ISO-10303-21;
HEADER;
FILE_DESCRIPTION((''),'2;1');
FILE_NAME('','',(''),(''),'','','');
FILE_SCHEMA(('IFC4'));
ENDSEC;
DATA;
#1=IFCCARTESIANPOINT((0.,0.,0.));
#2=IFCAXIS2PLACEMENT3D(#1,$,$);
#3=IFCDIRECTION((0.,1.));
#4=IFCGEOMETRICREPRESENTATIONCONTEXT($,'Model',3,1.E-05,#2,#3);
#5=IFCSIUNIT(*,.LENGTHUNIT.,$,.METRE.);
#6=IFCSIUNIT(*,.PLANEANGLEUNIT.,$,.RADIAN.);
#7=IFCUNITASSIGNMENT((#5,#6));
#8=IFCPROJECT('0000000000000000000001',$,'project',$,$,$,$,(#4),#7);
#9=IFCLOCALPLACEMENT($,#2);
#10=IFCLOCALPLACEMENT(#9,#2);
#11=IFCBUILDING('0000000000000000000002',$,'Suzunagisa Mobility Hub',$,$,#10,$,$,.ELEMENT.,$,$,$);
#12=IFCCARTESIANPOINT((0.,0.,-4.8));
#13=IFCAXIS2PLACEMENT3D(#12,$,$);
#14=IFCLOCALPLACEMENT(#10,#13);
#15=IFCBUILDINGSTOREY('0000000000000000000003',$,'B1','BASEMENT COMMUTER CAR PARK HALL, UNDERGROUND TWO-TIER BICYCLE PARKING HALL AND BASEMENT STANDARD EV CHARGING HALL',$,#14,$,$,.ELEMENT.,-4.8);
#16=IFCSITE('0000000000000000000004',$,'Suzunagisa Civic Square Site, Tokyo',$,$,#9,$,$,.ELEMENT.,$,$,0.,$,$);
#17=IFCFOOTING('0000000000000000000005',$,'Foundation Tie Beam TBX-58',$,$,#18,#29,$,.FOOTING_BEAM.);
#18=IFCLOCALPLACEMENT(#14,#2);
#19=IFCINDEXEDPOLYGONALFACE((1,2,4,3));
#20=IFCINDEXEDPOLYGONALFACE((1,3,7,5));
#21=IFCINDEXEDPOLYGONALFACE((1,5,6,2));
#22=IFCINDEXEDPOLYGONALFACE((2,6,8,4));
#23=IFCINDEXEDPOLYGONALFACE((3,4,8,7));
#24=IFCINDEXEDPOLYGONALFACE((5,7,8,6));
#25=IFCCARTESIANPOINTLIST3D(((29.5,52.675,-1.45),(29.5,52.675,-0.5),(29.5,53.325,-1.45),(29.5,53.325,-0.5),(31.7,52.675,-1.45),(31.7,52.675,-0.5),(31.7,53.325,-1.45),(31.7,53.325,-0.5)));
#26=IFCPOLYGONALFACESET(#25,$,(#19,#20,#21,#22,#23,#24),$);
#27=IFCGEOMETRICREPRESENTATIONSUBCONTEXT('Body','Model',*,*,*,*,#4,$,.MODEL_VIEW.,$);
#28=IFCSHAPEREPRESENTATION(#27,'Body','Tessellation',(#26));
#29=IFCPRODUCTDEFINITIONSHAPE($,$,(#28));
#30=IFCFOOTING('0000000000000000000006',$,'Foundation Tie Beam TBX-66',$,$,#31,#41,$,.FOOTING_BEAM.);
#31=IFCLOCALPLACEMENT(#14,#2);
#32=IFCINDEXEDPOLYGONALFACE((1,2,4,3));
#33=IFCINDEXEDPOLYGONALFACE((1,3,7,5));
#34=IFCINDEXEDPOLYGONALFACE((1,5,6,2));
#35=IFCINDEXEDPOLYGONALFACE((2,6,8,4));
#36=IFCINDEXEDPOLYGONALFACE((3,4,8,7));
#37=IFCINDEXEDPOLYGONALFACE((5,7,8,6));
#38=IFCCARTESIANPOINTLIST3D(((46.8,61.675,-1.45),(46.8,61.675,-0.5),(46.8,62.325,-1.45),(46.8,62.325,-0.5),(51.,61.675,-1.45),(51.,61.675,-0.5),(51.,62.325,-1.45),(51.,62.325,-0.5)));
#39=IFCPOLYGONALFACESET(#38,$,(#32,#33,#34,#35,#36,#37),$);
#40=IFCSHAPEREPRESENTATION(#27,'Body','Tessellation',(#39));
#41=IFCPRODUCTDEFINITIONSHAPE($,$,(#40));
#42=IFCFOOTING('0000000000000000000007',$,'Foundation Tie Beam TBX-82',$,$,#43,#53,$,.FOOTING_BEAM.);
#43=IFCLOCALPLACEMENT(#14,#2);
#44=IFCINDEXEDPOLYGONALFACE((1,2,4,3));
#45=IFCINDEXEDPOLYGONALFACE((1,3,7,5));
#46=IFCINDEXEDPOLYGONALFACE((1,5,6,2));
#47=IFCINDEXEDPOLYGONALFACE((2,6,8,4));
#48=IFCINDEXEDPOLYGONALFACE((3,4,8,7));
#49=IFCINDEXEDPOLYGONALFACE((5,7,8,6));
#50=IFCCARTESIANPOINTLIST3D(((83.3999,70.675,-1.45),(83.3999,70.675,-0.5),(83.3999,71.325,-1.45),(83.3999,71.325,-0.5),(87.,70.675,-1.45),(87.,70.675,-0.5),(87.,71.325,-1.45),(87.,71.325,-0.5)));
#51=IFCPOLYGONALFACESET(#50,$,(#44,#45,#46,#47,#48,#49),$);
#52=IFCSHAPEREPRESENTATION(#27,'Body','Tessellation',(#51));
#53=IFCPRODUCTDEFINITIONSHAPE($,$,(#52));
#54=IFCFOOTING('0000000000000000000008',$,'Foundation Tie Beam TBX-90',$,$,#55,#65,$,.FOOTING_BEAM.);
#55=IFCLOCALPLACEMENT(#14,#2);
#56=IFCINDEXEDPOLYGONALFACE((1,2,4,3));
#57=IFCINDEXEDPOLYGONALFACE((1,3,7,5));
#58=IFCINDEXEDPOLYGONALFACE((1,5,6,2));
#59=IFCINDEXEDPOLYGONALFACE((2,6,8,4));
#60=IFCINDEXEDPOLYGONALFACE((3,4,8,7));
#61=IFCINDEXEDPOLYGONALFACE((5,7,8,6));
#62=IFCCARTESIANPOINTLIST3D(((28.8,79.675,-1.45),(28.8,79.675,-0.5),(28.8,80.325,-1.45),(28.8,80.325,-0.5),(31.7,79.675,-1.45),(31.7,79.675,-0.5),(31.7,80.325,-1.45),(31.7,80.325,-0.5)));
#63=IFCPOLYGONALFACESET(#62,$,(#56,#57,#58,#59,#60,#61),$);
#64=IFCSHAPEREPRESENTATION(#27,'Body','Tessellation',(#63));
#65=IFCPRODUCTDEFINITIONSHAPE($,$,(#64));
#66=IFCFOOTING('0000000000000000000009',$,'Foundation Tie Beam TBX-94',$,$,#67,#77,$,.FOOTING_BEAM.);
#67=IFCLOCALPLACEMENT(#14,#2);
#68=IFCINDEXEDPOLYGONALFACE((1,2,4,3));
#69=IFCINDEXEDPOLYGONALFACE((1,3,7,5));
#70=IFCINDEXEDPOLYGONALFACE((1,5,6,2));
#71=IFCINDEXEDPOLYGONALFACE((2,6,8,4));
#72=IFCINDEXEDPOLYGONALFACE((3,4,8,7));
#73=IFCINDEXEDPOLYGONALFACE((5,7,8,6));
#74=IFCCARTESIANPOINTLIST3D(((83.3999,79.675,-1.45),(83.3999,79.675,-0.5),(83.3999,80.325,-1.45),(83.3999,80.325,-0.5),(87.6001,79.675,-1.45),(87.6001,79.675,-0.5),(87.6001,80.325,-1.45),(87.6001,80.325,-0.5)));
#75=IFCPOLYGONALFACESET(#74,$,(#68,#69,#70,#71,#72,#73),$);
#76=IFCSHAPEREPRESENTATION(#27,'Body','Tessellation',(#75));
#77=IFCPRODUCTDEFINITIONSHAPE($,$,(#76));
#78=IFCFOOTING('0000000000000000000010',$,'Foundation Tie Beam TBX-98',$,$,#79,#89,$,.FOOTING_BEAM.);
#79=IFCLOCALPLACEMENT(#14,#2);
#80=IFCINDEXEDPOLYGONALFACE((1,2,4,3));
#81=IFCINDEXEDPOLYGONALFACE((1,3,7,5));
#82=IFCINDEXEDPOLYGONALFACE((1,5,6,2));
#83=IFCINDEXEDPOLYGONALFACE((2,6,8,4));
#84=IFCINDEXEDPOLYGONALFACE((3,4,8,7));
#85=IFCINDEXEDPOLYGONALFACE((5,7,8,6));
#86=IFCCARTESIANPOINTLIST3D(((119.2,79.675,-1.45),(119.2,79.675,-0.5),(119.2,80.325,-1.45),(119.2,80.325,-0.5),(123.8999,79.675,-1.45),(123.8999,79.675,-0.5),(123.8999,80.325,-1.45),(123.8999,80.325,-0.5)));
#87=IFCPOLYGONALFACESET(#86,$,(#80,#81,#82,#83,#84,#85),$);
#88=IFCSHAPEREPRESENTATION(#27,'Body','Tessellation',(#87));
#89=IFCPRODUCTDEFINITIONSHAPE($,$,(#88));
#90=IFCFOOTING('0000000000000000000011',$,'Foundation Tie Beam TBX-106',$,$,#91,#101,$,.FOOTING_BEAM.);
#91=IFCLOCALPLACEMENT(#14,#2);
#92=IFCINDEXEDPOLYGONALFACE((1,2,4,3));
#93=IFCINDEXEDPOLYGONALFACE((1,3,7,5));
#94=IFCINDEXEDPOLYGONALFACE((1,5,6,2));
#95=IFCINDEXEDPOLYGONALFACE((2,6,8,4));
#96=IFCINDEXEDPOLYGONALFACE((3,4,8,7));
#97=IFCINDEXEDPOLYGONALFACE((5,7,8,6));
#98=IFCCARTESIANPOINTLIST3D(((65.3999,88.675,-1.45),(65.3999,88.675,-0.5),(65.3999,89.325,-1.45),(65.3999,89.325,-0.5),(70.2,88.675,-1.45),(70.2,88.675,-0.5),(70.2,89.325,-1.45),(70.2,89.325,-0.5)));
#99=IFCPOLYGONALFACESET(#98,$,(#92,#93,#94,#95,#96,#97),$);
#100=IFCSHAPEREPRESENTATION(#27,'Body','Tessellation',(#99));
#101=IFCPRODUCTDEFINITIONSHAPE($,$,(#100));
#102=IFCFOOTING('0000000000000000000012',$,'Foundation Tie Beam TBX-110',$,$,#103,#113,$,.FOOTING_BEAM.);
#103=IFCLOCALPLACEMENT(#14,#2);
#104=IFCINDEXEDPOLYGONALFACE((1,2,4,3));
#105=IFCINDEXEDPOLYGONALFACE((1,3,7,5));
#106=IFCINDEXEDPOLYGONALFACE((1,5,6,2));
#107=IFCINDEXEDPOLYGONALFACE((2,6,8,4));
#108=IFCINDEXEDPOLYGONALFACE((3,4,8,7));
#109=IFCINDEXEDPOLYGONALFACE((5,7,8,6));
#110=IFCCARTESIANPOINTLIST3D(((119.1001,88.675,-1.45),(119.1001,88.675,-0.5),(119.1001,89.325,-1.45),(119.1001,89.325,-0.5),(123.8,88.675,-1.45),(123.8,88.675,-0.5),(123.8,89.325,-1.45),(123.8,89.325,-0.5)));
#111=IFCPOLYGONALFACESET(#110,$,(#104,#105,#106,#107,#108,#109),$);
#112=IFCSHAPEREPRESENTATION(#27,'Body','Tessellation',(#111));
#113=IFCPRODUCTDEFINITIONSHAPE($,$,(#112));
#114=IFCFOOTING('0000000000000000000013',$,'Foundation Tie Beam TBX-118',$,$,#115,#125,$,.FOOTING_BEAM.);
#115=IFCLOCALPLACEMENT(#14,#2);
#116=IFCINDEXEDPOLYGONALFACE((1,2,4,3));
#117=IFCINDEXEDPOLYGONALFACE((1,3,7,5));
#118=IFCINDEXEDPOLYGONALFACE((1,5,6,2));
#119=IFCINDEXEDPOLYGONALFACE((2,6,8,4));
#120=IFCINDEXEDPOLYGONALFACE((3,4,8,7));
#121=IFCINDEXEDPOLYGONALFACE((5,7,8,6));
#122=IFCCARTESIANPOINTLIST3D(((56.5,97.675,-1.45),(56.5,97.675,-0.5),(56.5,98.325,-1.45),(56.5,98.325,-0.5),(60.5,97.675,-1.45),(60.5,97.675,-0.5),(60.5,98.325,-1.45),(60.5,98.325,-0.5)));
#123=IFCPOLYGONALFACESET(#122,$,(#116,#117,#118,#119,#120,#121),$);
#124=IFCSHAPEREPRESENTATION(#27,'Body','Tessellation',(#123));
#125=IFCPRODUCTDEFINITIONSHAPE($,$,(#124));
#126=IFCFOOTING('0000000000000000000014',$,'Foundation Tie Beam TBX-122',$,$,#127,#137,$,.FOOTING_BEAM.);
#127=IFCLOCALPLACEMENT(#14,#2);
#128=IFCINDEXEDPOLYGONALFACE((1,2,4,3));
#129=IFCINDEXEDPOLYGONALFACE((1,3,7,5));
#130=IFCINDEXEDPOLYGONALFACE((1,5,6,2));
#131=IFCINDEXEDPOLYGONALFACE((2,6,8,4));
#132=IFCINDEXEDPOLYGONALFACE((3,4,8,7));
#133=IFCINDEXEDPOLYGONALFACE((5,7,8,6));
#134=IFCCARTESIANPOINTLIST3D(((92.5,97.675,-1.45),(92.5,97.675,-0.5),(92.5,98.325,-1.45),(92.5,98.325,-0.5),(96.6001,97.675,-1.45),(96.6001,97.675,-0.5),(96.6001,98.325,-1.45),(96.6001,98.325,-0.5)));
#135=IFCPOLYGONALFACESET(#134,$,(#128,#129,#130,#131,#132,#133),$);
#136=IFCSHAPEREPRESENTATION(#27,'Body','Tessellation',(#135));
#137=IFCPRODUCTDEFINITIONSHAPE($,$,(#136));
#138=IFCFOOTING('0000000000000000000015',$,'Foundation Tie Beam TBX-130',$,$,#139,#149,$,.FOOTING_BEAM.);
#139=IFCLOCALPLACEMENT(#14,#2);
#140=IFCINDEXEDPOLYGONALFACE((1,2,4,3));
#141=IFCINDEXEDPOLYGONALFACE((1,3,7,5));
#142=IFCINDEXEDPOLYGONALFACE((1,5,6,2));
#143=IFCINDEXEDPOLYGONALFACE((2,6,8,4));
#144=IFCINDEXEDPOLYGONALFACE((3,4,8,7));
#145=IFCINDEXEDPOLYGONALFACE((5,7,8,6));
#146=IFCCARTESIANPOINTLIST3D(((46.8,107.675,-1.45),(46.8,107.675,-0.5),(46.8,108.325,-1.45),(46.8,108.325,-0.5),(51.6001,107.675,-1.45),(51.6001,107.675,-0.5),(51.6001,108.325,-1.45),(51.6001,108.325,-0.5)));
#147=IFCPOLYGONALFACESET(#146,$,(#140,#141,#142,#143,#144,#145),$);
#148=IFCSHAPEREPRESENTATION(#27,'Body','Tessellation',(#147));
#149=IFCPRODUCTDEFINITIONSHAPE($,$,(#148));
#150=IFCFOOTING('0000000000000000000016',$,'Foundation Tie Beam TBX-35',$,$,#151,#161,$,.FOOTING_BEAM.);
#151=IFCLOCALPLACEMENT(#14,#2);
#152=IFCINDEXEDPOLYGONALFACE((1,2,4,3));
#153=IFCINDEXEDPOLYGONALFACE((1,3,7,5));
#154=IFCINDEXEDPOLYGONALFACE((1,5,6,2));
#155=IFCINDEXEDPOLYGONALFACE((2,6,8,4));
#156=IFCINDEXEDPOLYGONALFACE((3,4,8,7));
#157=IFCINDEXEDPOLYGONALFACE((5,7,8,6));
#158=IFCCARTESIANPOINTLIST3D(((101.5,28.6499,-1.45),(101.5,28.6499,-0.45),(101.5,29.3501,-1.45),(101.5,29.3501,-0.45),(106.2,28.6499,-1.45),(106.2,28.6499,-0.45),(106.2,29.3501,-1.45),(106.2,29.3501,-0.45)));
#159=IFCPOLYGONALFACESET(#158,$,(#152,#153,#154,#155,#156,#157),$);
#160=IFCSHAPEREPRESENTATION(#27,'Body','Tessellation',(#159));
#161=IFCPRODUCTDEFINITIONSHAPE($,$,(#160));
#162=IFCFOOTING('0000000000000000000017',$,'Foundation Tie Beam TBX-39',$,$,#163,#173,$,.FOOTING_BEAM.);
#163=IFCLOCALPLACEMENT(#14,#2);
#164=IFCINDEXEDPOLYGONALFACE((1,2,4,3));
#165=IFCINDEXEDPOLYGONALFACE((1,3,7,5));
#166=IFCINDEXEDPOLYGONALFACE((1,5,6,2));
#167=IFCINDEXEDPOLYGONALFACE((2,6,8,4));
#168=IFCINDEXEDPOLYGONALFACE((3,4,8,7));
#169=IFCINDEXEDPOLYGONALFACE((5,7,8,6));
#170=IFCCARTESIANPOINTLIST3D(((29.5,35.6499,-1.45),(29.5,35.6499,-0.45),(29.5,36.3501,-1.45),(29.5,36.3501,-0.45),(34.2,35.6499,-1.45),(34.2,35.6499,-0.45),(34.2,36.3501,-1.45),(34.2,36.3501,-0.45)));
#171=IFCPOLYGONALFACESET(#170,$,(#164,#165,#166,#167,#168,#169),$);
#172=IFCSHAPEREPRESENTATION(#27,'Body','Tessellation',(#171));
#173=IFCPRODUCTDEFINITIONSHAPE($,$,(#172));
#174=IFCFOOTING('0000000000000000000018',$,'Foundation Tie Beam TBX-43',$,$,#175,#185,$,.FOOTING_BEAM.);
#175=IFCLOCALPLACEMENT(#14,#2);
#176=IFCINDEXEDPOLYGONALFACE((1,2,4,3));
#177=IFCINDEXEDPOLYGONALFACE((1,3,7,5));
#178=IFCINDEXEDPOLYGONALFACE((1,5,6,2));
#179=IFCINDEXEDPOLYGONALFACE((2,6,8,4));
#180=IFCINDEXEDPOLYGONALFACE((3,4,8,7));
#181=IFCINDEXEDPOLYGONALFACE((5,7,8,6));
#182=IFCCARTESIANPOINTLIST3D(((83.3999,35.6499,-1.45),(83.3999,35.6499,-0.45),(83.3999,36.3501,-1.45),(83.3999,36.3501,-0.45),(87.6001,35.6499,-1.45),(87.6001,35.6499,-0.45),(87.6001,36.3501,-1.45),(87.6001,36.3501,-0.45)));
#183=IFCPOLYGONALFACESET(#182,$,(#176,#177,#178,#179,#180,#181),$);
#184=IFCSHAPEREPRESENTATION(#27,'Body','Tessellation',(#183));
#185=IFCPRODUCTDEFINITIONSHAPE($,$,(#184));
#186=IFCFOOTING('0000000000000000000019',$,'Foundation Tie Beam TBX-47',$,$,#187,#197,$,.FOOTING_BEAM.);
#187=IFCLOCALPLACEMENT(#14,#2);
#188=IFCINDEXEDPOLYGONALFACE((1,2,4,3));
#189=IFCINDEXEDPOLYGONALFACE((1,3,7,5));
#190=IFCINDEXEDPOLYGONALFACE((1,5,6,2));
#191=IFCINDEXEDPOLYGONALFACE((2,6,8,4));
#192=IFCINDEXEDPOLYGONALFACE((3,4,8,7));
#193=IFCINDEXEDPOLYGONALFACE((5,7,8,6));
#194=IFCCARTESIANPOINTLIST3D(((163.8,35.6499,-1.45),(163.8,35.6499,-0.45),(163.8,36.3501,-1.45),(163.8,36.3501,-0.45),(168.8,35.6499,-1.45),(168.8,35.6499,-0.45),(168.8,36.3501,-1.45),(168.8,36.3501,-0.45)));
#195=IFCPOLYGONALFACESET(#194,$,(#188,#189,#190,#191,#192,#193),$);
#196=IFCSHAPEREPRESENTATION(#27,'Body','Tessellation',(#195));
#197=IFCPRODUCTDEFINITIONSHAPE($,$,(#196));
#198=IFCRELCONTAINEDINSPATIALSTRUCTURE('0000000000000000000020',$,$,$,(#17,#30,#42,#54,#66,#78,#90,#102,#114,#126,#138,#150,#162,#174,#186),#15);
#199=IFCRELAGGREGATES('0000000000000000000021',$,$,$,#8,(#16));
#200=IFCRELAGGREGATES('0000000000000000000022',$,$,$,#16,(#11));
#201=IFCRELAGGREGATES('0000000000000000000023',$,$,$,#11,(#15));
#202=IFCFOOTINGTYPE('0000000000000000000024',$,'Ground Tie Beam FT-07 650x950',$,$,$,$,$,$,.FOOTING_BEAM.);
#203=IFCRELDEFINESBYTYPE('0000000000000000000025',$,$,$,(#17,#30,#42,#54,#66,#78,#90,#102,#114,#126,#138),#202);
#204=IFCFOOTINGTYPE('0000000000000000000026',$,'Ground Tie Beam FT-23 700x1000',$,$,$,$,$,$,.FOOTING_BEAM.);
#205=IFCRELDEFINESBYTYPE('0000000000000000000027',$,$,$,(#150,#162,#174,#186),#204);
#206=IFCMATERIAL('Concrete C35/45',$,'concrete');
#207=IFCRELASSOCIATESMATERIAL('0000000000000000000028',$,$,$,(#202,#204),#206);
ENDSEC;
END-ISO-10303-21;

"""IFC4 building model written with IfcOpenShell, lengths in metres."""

from ifc_helpers import new_model, si_unit, direction, frame, origin, place, context, subcontext, project, spatial, polyline, outline, extrude, material, type_object, element, save


model = new_model("IFC4")

# Units and contexts
model_context = context("Model", 3, precision=1e-05, world=origin(), true_north=direction((0.0, 1.0)))
body_context = subcontext(model_context, "Body", "Model", "MODEL_VIEW")
ifc_project = project(units=[si_unit("LENGTHUNIT", "METRE"), si_unit("PLANEANGLEUNIT", "RADIAN")], contexts=[model_context])

# Site, building, storey
site_placement = place(None, origin())
site = spatial("IfcSite", under=ifc_project, at=site_placement, Name="Suzunagisa Civic Square Site, Tokyo", CompositionType="ELEMENT", RefElevation=0.0)
building_placement = place(site_placement, origin())
building = spatial("IfcBuilding", under=site, at=building_placement, Name="Suzunagisa Mobility Hub", CompositionType="ELEMENT")
storey_placement = place(building_placement, frame((0.0, 0.0, -4.8)))
storey = spatial("IfcBuildingStorey", under=building, at=storey_placement, Name="B1", Description="BASEMENT COMMUTER CAR PARK HALL, UNDERGROUND TWO-TIER BICYCLE PARKING HALL AND BASEMENT STANDARD EV CHARGING HALL", CompositionType="ELEMENT", Elevation=-4.8)

# Footings
ifc_material = material(Name="Concrete C35/45", Category="concrete")
footing_type_1 = type_object("IfcFootingType", Name="Ground Tie Beam FT-07 650x950", PredefinedType="FOOTING_BEAM", material=ifc_material)
footing_1_placement = place(storey_placement, frame((0.0, 0.0, -1.45)))
element("IfcFooting", 1, at=footing_1_placement, inside=storey, type_object=footing_type_1, Name="Foundation Tie Beam TBX-58", PredefinedType="FOOTING_BEAM", context=body_context, shape_type="SweptSolid", body=[
    extrude(outline(polyline([(29.5, 52.675), (31.7, 52.675), (31.7, 53.325), (29.5, 53.325), (29.5, 52.675)])), origin(), (0.0, 0.0, 1.0), 0.95),
])
footing_2_placement = place(storey_placement, frame((0.0, 0.0, -1.45)))
element("IfcFooting", 2, at=footing_2_placement, inside=storey, type_object=footing_type_1, Name="Foundation Tie Beam TBX-66", PredefinedType="FOOTING_BEAM", context=body_context, shape_type="SweptSolid", body=[
    extrude(outline(polyline([(46.8, 61.675), (51.0, 61.675), (51.0, 62.325), (46.8, 62.325), (46.8, 61.675)])), origin(), (0.0, 0.0, 1.0), 0.95),
])
footing_3_placement = place(storey_placement, frame((0.0, 0.0, -1.45)))
element("IfcFooting", 3, at=footing_3_placement, inside=storey, type_object=footing_type_1, Name="Foundation Tie Beam TBX-82", PredefinedType="FOOTING_BEAM", context=body_context, shape_type="SweptSolid", body=[
    extrude(outline(polyline([(83.3999, 70.675), (87.0, 70.675), (87.0, 71.325), (83.3999, 71.325), (83.3999, 70.675)])), origin(), (0.0, 0.0, 1.0), 0.95),
])
footing_4_placement = place(storey_placement, frame((0.0, 0.0, -1.45)))
element("IfcFooting", 4, at=footing_4_placement, inside=storey, type_object=footing_type_1, Name="Foundation Tie Beam TBX-90", PredefinedType="FOOTING_BEAM", context=body_context, shape_type="SweptSolid", body=[
    extrude(outline(polyline([(28.8, 79.675), (31.7, 79.675), (31.7, 80.325), (28.8, 80.325), (28.8, 79.675)])), origin(), (0.0, 0.0, 1.0), 0.95),
])
footing_5_placement = place(storey_placement, frame((0.0, 0.0, -1.45)))
element("IfcFooting", 5, at=footing_5_placement, inside=storey, type_object=footing_type_1, Name="Foundation Tie Beam TBX-94", PredefinedType="FOOTING_BEAM", context=body_context, shape_type="SweptSolid", body=[
    extrude(outline(polyline([(83.3999, 79.675), (87.6001, 79.675), (87.6001, 80.325), (83.3999, 80.325), (83.3999, 79.675)])), origin(), (0.0, 0.0, 1.0), 0.95),
])
footing_6_placement = place(storey_placement, frame((0.0, 0.0, -1.45)))
element("IfcFooting", 6, at=footing_6_placement, inside=storey, type_object=footing_type_1, Name="Foundation Tie Beam TBX-98", PredefinedType="FOOTING_BEAM", context=body_context, shape_type="SweptSolid", body=[
    extrude(outline(polyline([(119.2, 79.675), (123.8999, 79.675), (123.8999, 80.325), (119.2, 80.325), (119.2, 79.675)])), origin(), (0.0, 0.0, 1.0), 0.95),
])
footing_7_placement = place(storey_placement, frame((0.0, 0.0, -1.45)))
element("IfcFooting", 7, at=footing_7_placement, inside=storey, type_object=footing_type_1, Name="Foundation Tie Beam TBX-106", PredefinedType="FOOTING_BEAM", context=body_context, shape_type="SweptSolid", body=[
    extrude(outline(polyline([(65.3999, 88.675), (70.2, 88.675), (70.2, 89.325), (65.3999, 89.325), (65.3999, 88.675)])), origin(), (0.0, 0.0, 1.0), 0.95),
])
footing_8_placement = place(storey_placement, frame((0.0, 0.0, -1.45)))
element("IfcFooting", 8, at=footing_8_placement, inside=storey, type_object=footing_type_1, Name="Foundation Tie Beam TBX-110", PredefinedType="FOOTING_BEAM", context=body_context, shape_type="SweptSolid", body=[
    extrude(outline(polyline([(119.1001, 88.675), (123.8, 88.675), (123.8, 89.325), (119.1001, 89.325), (119.1001, 88.675)])), origin(), (0.0, 0.0, 1.0), 0.95),
])
footing_9_placement = place(storey_placement, frame((0.0, 0.0, -1.45)))
element("IfcFooting", 9, at=footing_9_placement, inside=storey, type_object=footing_type_1, Name="Foundation Tie Beam TBX-118", PredefinedType="FOOTING_BEAM", context=body_context, shape_type="SweptSolid", body=[
    extrude(outline(polyline([(56.5, 97.675), (60.5, 97.675), (60.5, 98.325), (56.5, 98.325), (56.5, 97.675)])), origin(), (0.0, 0.0, 1.0), 0.95),
])
footing_10_placement = place(storey_placement, frame((0.0, 0.0, -1.45)))
element("IfcFooting", 10, at=footing_10_placement, inside=storey, type_object=footing_type_1, Name="Foundation Tie Beam TBX-122", PredefinedType="FOOTING_BEAM", context=body_context, shape_type="SweptSolid", body=[
    extrude(outline(polyline([(92.5, 97.675), (96.6001, 97.675), (96.6001, 98.325), (92.5, 98.325), (92.5, 97.675)])), origin(), (0.0, 0.0, 1.0), 0.95),
])
footing_11_placement = place(storey_placement, frame((0.0, 0.0, -1.45)))
element("IfcFooting", 11, at=footing_11_placement, inside=storey, type_object=footing_type_1, Name="Foundation Tie Beam TBX-130", PredefinedType="FOOTING_BEAM", context=body_context, shape_type="SweptSolid", body=[
    extrude(outline(polyline([(46.8, 107.675), (51.6001, 107.675), (51.6001, 108.325), (46.8, 108.325), (46.8, 107.675)])), origin(), (0.0, 0.0, 1.0), 0.95),
])
footing_type_2 = type_object("IfcFootingType", Name="Ground Tie Beam FT-23 700x1000", PredefinedType="FOOTING_BEAM", material=ifc_material)
footing_12_placement = place(storey_placement, frame((0.0, 0.0, -1.45)))
element("IfcFooting", 12, at=footing_12_placement, inside=storey, type_object=footing_type_2, Name="Foundation Tie Beam TBX-35", PredefinedType="FOOTING_BEAM", context=body_context, shape_type="SweptSolid", body=[
    extrude(outline(polyline([(101.5, 28.6499), (106.2, 28.6499), (106.2, 29.3501), (101.5, 29.3501), (101.5, 28.6499)])), origin(), (0.0, 0.0, 1.0), 1.0),
])
footing_13_placement = place(storey_placement, frame((0.0, 0.0, -1.45)))
element("IfcFooting", 13, at=footing_13_placement, inside=storey, type_object=footing_type_2, Name="Foundation Tie Beam TBX-39", PredefinedType="FOOTING_BEAM", context=body_context, shape_type="SweptSolid", body=[
    extrude(outline(polyline([(29.5, 35.6499), (34.2, 35.6499), (34.2, 36.3501), (29.5, 36.3501), (29.5, 35.6499)])), origin(), (0.0, 0.0, 1.0), 1.0),
])
footing_14_placement = place(storey_placement, frame((0.0, 0.0, -1.45)))
element("IfcFooting", 14, at=footing_14_placement, inside=storey, type_object=footing_type_2, Name="Foundation Tie Beam TBX-43", PredefinedType="FOOTING_BEAM", context=body_context, shape_type="SweptSolid", body=[
    extrude(outline(polyline([(83.3999, 35.6499), (87.6001, 35.6499), (87.6001, 36.3501), (83.3999, 36.3501), (83.3999, 35.6499)])), origin(), (0.0, 0.0, 1.0), 1.0),
])
footing_15_placement = place(storey_placement, frame((0.0, 0.0, -1.45)))
element("IfcFooting", 15, at=footing_15_placement, inside=storey, type_object=footing_type_2, Name="Foundation Tie Beam TBX-47", PredefinedType="FOOTING_BEAM", context=body_context, shape_type="SweptSolid", body=[
    extrude(outline(polyline([(163.8, 35.6499), (168.8, 35.6499), (168.8, 36.3501), (163.8, 36.3501), (163.8, 35.6499)])), origin(), (0.0, 0.0, 1.0), 1.0),
])

save(model, "model.ifc")
